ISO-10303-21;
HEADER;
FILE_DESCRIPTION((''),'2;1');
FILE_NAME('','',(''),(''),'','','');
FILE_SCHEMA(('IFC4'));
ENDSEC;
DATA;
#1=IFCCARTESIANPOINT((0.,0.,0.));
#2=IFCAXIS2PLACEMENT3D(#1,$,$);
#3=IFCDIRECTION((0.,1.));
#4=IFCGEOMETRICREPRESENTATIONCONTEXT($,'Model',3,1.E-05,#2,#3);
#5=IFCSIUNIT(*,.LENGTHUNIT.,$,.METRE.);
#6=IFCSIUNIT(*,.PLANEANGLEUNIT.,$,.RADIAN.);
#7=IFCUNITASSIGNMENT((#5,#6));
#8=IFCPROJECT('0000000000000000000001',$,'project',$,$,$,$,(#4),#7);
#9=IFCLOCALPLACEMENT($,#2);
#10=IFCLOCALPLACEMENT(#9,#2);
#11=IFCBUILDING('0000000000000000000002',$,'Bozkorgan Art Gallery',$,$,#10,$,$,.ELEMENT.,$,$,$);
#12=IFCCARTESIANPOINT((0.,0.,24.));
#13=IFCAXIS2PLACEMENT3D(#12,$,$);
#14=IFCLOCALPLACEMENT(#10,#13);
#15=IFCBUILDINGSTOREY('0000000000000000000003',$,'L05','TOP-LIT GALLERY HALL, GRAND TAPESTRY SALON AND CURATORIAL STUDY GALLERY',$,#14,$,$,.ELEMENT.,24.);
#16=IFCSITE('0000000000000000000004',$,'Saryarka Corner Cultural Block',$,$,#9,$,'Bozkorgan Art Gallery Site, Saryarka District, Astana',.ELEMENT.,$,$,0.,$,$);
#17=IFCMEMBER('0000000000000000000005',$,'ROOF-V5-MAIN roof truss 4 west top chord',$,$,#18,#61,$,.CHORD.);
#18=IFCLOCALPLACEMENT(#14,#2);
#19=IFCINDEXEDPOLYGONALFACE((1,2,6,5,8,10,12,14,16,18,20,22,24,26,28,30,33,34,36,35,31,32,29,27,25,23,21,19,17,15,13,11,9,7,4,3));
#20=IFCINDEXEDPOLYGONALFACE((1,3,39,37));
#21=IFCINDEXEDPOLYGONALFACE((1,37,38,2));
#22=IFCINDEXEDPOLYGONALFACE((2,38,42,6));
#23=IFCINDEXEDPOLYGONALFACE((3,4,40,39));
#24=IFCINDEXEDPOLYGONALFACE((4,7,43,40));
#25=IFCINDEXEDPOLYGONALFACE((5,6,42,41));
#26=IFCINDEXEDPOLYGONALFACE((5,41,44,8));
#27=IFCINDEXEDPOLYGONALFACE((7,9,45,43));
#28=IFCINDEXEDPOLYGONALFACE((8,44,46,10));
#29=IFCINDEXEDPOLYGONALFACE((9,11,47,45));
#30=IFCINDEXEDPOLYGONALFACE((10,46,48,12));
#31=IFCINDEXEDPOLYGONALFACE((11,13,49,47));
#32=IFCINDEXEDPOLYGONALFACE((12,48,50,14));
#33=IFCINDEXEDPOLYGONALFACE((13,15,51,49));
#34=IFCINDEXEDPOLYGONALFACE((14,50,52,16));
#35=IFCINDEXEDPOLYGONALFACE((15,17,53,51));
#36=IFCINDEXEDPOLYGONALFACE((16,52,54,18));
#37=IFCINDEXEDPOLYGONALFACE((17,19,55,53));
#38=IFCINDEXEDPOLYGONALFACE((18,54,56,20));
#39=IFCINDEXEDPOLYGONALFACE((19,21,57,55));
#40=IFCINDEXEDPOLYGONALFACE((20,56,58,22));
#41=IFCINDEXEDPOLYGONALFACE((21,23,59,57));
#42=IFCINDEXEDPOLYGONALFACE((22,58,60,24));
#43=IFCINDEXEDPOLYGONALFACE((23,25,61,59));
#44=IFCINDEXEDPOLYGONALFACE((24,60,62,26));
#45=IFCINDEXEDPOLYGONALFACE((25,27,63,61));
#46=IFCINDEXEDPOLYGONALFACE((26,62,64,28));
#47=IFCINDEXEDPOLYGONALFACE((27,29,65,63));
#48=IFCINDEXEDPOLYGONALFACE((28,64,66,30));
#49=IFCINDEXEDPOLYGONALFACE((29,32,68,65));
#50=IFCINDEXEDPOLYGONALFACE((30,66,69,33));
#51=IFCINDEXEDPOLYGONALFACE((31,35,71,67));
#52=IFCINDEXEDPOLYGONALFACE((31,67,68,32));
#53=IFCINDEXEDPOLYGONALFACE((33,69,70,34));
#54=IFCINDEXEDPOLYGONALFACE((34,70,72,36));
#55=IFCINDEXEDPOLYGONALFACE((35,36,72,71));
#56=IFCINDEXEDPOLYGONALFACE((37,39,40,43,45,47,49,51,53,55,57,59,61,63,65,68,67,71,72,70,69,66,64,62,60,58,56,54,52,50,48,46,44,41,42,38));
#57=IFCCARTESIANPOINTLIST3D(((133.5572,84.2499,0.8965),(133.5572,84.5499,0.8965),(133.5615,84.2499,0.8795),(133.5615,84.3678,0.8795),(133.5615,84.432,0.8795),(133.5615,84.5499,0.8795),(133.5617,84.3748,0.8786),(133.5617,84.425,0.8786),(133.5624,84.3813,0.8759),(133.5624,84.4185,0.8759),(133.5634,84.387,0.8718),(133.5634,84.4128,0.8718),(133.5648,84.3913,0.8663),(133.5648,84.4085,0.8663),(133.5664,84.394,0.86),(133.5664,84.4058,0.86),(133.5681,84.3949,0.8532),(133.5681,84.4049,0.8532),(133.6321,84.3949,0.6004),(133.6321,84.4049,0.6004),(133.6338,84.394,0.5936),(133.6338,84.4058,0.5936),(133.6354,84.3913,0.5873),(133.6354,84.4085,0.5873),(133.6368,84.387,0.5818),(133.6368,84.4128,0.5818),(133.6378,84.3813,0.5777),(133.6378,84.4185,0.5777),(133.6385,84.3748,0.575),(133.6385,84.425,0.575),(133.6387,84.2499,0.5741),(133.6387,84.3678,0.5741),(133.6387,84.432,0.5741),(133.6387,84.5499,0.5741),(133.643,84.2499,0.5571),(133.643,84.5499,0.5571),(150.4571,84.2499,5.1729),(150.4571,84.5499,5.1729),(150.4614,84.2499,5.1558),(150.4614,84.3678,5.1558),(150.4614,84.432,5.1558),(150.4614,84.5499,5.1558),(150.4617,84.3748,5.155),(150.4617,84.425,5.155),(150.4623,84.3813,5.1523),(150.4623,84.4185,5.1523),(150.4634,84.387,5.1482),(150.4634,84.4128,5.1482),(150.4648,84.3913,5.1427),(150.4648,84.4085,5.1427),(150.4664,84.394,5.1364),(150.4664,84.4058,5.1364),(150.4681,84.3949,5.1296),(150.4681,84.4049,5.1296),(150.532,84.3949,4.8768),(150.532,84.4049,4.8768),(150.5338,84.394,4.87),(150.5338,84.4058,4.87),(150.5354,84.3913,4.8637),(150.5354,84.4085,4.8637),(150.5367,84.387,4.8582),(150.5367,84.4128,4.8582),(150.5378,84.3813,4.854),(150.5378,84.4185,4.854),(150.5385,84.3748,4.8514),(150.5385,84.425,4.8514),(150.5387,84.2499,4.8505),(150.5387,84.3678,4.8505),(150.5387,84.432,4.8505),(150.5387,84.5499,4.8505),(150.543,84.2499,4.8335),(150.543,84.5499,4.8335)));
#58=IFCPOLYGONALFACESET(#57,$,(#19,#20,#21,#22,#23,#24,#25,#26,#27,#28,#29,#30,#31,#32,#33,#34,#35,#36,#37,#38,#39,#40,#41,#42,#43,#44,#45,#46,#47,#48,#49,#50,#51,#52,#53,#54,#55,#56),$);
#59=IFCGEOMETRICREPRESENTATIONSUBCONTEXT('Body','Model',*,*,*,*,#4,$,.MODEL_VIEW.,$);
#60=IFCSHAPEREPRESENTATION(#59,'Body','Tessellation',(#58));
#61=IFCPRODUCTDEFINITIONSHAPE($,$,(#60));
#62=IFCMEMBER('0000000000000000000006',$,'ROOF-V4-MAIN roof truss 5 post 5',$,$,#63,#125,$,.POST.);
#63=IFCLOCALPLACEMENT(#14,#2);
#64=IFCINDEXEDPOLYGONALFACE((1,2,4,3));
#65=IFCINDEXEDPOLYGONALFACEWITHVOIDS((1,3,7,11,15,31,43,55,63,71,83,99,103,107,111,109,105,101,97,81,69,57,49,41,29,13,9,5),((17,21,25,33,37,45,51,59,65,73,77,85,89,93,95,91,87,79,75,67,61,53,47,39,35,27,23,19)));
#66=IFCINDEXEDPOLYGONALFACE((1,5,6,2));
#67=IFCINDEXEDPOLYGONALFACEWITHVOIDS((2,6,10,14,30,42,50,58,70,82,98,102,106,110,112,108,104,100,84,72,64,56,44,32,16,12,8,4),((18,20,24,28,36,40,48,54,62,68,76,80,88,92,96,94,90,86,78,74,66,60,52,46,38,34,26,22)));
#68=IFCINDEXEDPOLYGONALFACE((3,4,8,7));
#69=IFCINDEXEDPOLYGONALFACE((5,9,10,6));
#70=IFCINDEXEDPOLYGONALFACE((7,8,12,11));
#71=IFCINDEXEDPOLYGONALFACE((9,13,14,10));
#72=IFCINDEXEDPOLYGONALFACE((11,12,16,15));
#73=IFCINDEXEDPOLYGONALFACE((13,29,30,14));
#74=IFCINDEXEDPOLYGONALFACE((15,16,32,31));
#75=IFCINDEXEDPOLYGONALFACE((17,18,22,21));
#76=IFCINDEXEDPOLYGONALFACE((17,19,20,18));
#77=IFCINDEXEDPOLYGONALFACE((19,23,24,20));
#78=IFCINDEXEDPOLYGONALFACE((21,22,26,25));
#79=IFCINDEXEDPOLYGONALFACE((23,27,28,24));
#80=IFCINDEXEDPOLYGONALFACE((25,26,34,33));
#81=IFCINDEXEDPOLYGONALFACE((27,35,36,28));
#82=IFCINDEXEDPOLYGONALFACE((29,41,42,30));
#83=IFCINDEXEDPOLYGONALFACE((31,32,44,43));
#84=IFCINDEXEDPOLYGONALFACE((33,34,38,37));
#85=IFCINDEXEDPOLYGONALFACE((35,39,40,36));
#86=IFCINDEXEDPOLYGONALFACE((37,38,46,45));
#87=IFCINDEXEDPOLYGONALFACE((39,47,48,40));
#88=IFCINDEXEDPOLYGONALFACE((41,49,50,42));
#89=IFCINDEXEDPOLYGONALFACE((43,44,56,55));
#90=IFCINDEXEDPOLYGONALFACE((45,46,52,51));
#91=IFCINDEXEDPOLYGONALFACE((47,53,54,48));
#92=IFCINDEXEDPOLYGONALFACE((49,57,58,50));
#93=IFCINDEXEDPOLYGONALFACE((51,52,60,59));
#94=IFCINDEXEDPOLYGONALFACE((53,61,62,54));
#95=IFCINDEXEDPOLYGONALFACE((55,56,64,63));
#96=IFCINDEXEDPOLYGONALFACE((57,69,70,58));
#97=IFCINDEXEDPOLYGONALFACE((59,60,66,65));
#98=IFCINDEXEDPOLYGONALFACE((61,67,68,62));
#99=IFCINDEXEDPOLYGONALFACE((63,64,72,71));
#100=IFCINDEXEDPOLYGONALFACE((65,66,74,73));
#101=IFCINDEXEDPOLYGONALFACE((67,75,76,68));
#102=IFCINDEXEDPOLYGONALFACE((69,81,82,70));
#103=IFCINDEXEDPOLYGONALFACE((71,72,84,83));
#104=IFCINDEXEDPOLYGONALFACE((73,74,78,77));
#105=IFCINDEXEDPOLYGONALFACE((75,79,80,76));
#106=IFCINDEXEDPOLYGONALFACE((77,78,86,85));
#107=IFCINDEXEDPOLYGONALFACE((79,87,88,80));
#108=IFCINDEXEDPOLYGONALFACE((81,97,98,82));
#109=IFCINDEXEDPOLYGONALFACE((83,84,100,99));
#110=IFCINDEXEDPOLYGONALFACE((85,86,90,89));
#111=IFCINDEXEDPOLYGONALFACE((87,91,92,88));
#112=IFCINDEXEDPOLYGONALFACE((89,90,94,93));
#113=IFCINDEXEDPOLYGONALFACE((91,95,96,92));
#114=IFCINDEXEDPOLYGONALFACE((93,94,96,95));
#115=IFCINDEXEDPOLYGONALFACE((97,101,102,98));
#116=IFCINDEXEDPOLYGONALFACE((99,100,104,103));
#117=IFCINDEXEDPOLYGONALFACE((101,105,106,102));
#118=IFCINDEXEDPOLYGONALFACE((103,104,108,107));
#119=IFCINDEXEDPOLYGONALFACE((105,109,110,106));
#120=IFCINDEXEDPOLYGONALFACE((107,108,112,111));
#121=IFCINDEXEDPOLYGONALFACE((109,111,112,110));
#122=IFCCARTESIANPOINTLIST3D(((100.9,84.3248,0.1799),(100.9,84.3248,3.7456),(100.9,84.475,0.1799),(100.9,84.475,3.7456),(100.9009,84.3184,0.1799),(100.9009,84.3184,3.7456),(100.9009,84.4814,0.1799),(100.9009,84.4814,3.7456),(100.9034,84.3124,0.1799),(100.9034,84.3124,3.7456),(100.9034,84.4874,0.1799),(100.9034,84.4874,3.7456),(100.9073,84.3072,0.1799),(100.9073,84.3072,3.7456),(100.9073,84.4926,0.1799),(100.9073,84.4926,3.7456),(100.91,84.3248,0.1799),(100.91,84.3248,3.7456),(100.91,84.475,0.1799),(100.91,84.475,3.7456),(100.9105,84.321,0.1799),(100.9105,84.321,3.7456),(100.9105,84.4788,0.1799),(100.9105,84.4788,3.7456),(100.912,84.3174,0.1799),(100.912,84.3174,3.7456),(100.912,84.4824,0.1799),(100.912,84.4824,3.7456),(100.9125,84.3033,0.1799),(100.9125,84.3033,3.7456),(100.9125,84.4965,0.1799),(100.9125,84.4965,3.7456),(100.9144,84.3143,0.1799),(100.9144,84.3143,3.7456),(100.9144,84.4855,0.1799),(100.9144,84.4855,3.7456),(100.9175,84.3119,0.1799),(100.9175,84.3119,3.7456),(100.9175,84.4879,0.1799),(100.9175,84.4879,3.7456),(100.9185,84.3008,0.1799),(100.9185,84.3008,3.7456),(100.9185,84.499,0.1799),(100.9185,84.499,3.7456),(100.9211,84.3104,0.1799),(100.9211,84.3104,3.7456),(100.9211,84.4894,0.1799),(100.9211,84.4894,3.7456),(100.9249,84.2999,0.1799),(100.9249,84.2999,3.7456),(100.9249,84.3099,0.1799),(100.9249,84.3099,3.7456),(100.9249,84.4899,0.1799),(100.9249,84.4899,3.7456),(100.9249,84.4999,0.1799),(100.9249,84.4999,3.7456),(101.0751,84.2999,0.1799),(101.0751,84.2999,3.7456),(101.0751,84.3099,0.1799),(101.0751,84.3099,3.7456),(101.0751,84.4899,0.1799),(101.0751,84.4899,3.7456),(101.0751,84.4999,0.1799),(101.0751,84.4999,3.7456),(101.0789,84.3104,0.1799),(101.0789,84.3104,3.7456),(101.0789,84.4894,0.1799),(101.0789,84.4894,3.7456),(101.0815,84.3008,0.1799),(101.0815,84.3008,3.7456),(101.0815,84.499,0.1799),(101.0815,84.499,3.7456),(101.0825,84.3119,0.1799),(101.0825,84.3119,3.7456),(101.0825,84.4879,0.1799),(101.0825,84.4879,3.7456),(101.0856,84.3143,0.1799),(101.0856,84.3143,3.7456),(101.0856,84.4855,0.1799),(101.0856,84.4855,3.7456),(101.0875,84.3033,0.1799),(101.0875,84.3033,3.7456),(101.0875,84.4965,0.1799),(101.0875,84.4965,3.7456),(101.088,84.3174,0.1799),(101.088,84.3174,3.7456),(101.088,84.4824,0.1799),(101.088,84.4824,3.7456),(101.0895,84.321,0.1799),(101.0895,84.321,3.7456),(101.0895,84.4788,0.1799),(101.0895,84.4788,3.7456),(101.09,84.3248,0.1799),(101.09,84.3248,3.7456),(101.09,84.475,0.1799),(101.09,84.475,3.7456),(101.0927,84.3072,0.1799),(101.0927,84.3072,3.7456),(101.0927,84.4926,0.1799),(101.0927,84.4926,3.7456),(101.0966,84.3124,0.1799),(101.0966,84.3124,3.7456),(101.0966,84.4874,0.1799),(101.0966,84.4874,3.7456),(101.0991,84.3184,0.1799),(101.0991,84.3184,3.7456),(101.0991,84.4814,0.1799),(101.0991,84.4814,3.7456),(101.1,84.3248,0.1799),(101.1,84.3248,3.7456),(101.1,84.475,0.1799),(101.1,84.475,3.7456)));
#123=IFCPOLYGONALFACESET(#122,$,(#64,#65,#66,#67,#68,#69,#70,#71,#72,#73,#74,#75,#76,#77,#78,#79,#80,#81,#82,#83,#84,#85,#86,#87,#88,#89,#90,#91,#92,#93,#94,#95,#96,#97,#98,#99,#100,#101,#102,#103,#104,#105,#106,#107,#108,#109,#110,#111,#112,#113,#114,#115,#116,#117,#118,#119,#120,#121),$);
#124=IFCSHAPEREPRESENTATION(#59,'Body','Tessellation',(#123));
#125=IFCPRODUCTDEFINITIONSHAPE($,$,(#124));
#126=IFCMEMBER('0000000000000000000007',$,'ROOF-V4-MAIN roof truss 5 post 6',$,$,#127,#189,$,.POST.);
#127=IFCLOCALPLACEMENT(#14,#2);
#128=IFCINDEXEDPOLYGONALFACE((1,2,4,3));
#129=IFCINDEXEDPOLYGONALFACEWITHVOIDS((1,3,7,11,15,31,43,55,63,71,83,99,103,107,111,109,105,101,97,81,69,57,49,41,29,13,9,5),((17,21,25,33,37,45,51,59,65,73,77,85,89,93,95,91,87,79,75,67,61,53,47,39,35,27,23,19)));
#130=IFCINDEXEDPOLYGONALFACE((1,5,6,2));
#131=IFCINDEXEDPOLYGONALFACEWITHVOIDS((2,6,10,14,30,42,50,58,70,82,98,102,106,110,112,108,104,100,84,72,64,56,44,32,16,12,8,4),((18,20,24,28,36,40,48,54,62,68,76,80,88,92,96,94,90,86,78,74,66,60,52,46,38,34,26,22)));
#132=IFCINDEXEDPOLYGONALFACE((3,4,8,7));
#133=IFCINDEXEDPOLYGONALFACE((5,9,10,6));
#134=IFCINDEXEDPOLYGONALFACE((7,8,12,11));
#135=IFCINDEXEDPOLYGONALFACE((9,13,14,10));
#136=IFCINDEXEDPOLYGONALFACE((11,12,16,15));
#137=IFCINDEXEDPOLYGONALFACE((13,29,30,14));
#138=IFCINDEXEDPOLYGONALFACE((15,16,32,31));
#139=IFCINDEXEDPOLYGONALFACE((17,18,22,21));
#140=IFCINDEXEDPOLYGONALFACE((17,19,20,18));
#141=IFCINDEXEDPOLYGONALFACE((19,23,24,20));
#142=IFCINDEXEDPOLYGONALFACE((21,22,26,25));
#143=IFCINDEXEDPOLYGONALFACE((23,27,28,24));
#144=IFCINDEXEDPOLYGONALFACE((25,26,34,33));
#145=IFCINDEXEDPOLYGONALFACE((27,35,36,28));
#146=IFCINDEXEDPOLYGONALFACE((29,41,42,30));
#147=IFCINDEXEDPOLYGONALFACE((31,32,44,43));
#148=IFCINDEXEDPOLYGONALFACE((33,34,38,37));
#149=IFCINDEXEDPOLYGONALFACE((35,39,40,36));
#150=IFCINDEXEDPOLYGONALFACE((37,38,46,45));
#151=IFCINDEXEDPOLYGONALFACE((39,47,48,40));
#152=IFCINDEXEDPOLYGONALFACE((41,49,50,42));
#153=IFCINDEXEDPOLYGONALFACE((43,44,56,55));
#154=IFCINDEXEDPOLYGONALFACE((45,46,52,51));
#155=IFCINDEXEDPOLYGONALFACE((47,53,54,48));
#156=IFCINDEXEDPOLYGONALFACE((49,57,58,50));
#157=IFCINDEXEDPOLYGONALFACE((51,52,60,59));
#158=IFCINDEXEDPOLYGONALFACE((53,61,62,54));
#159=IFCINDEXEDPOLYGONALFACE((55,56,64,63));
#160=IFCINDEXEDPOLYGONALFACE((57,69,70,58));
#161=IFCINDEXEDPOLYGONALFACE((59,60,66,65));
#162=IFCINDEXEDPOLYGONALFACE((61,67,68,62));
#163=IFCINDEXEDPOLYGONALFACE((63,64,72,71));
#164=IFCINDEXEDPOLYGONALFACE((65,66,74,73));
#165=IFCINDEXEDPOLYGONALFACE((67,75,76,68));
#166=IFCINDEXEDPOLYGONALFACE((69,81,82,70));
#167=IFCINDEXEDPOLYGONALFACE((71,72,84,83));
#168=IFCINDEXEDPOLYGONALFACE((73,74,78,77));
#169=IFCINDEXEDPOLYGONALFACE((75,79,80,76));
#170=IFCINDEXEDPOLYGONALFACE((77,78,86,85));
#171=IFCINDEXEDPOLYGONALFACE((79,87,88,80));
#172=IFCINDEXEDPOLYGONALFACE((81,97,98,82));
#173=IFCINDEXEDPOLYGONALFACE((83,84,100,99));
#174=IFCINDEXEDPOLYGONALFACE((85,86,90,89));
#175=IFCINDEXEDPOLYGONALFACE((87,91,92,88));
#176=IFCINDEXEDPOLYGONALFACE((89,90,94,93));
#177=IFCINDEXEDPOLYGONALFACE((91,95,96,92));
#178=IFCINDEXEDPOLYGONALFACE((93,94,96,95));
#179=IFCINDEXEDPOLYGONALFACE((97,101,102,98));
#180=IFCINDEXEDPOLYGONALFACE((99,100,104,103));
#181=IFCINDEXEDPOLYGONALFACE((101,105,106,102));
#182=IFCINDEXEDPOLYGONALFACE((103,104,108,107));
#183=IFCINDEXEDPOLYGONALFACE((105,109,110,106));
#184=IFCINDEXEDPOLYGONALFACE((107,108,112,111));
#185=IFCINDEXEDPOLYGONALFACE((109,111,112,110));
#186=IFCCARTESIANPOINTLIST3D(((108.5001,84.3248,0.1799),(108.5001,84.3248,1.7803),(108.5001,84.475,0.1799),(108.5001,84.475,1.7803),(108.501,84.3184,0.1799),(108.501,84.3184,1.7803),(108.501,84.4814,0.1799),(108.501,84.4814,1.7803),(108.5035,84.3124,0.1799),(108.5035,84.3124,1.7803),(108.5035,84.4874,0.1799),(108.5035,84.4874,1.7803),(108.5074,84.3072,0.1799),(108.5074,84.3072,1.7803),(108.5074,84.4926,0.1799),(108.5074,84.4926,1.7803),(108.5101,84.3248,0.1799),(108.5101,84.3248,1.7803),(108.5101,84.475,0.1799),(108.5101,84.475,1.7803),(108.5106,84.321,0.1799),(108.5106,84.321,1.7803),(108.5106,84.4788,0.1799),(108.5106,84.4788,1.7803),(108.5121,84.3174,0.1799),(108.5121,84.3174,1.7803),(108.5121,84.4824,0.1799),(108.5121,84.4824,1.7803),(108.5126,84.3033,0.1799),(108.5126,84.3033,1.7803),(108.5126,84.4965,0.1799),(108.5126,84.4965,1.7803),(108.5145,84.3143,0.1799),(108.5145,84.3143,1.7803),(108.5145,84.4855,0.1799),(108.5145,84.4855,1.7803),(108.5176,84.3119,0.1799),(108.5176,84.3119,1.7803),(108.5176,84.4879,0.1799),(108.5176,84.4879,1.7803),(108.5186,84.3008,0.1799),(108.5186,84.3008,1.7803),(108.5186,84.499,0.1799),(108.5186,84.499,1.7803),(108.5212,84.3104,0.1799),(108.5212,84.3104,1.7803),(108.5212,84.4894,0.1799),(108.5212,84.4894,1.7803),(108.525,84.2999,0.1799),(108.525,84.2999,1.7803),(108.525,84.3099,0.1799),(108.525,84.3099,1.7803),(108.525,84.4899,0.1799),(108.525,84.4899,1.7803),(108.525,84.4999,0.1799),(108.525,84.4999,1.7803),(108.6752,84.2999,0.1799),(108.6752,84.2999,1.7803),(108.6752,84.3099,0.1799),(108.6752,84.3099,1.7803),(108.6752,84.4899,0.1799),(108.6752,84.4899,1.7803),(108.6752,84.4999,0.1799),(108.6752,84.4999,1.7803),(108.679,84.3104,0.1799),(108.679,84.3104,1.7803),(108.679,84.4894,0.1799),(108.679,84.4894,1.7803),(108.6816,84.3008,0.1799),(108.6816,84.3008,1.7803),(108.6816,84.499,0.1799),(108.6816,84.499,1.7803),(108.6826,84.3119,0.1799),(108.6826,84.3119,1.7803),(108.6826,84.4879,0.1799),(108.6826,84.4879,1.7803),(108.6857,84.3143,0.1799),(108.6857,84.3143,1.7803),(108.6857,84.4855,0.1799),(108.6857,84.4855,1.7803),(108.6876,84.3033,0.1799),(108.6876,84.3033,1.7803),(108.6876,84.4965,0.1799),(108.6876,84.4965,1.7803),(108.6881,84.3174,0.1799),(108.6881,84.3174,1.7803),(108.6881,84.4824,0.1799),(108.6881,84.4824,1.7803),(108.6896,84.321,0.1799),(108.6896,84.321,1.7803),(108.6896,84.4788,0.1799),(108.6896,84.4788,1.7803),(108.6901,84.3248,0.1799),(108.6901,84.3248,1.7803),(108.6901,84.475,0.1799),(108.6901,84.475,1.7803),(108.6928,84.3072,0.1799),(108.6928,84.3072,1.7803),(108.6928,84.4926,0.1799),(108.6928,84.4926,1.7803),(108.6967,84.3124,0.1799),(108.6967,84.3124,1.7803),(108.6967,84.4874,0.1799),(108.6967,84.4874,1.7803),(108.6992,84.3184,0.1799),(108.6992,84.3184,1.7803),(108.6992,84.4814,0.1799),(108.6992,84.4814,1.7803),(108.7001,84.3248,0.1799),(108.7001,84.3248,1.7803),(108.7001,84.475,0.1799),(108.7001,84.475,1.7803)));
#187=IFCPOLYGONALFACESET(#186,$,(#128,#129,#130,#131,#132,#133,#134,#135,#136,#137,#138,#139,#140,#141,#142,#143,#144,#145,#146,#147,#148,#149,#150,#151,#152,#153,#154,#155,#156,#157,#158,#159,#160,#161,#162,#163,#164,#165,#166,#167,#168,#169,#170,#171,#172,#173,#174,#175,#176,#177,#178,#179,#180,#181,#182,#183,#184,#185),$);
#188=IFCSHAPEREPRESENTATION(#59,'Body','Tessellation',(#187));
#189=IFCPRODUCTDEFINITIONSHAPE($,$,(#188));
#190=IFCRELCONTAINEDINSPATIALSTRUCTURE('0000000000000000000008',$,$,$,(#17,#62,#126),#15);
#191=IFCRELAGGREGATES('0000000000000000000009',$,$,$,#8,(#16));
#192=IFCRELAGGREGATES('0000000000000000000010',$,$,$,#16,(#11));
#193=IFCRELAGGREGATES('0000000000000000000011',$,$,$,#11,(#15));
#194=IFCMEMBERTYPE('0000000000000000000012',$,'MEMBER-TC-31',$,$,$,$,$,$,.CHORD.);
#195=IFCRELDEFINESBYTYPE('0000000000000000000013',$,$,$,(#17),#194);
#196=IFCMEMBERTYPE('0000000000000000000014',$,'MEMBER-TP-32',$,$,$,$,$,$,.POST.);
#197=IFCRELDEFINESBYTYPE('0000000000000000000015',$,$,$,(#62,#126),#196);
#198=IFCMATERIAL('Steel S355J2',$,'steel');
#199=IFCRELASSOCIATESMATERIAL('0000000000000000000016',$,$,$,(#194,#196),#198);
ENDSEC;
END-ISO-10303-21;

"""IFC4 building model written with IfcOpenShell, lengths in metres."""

from ifc_helpers import new_model, si_unit, direction, frame, origin, origin_2d, place, context, subcontext, project, spatial, hollow_rectangle, i_section, extrude, material, material_profile, profile_set, type_object, element, save


model = new_model("IFC4")

# Units and contexts
model_context = context("Model", 3, precision=1e-05, world=origin(), true_north=direction((0.0, 1.0)))
body_context = subcontext(model_context, "Body", "Model", "MODEL_VIEW")
ifc_project = project(units=[si_unit("LENGTHUNIT", "METRE"), si_unit("PLANEANGLEUNIT", "RADIAN")], contexts=[model_context])

# Site, building, storey
site_placement = place(None, origin())
site = spatial("IfcSite", under=ifc_project, at=site_placement, Name="Saryarka Corner Cultural Block", LongName="Bozkorgan Art Gallery Site, Saryarka District, Astana", CompositionType="ELEMENT", RefElevation=0.0)
building_placement = place(site_placement, origin())
building = spatial("IfcBuilding", under=site, at=building_placement, Name="Bozkorgan Art Gallery", CompositionType="ELEMENT")
storey_placement = place(building_placement, frame((0.0, 0.0, 24.0)))
storey = spatial("IfcBuildingStorey", under=building, at=storey_placement, Name="L05", Description="TOP-LIT GALLERY HALL, GRAND TAPESTRY SALON AND CURATORIAL STUDY GALLERY", CompositionType="ELEMENT", Elevation=24.0)

# Shared definitions
ifc_material_1 = material(Name="Steel S355J2", Category="steel")

# Members
ifc_material_profile_1 = material_profile(ifc_material_1, i_section(OverallWidth=0.3, OverallDepth=0.3501, WebThickness=0.01, FlangeThickness=0.0176, FilletRadius=0.0271, at=origin_2d()), Name="HEA 360")
ifc_profile_set_1 = profile_set([ifc_material_profile_1], Name="Steel S355J2")
member_type_1 = type_object("IfcMemberType", Name="MEMBER-TC-31", PredefinedType="CHORD", material=ifc_profile_set_1)
for number, where, z_axis, x_axis, name in (
    (1, (133.6001, 84.3999, 0.7268), (0.969445, 0.0, 0.245309), (0.0, 1.0, 0.0), "ROOF-V5-MAIN roof truss 4 west top chord"),
):
    element("IfcMember", number, at=place(storey_placement, frame(where, z_axis=z_axis, x_axis=x_axis)), inside=storey, type_object=member_type_1, Name=name, PredefinedType="CHORD", context=body_context, shape_type="SweptSolid", body=[
        extrude(i_section(OverallWidth=0.3, OverallDepth=0.3501, WebThickness=0.01, FlangeThickness=0.0176, FilletRadius=0.0271, at=origin_2d()), origin(), (0.0, 0.0, 1.0), 17.4326),
    ])
ifc_material_profile_2 = material_profile(ifc_material_1, hollow_rectangle(XDim=0.2, YDim=0.2, WallThickness=0.01, InnerFilletRadius=0.0149, OuterFilletRadius=0.0249, at=origin_2d()), Name="SHS 200x200x10")
ifc_profile_set_2 = profile_set([ifc_material_profile_2], Name="Steel S355J2")
member_type_2 = type_object("IfcMemberType", Name="MEMBER-TP-32", PredefinedType="POST", material=ifc_profile_set_2)
member_1_placement = place(storey_placement, frame((101.0, 84.3999, 0.1799), z_axis=(0.0, 0.0, 1.0), x_axis=(1.0, 0.0, 0.0)))
element("IfcMember", 2, at=member_1_placement, inside=storey, type_object=member_type_2, Name="ROOF-V4-MAIN roof truss 5 post 5", PredefinedType="POST", context=body_context, shape_type="SweptSolid", body=[
    extrude(hollow_rectangle(XDim=0.2, YDim=0.2, WallThickness=0.01, InnerFilletRadius=0.0149, OuterFilletRadius=0.0249, at=origin_2d()), origin(), (0.0, 0.0, 1.0), 3.5657),
])
member_2_placement = place(storey_placement, frame((108.6001, 84.3999, 0.1799), z_axis=(0.0, 0.0, 1.0), x_axis=(1.0, 0.0, 0.0)))
element("IfcMember", 3, at=member_2_placement, inside=storey, type_object=member_type_2, Name="ROOF-V4-MAIN roof truss 5 post 6", PredefinedType="POST", context=body_context, shape_type="SweptSolid", body=[
    extrude(hollow_rectangle(XDim=0.2, YDim=0.2, WallThickness=0.01, InnerFilletRadius=0.0149, OuterFilletRadius=0.0249, at=origin_2d()), origin(), (0.0, 0.0, 1.0), 1.6003),
])

save(model, "model.ifc")
